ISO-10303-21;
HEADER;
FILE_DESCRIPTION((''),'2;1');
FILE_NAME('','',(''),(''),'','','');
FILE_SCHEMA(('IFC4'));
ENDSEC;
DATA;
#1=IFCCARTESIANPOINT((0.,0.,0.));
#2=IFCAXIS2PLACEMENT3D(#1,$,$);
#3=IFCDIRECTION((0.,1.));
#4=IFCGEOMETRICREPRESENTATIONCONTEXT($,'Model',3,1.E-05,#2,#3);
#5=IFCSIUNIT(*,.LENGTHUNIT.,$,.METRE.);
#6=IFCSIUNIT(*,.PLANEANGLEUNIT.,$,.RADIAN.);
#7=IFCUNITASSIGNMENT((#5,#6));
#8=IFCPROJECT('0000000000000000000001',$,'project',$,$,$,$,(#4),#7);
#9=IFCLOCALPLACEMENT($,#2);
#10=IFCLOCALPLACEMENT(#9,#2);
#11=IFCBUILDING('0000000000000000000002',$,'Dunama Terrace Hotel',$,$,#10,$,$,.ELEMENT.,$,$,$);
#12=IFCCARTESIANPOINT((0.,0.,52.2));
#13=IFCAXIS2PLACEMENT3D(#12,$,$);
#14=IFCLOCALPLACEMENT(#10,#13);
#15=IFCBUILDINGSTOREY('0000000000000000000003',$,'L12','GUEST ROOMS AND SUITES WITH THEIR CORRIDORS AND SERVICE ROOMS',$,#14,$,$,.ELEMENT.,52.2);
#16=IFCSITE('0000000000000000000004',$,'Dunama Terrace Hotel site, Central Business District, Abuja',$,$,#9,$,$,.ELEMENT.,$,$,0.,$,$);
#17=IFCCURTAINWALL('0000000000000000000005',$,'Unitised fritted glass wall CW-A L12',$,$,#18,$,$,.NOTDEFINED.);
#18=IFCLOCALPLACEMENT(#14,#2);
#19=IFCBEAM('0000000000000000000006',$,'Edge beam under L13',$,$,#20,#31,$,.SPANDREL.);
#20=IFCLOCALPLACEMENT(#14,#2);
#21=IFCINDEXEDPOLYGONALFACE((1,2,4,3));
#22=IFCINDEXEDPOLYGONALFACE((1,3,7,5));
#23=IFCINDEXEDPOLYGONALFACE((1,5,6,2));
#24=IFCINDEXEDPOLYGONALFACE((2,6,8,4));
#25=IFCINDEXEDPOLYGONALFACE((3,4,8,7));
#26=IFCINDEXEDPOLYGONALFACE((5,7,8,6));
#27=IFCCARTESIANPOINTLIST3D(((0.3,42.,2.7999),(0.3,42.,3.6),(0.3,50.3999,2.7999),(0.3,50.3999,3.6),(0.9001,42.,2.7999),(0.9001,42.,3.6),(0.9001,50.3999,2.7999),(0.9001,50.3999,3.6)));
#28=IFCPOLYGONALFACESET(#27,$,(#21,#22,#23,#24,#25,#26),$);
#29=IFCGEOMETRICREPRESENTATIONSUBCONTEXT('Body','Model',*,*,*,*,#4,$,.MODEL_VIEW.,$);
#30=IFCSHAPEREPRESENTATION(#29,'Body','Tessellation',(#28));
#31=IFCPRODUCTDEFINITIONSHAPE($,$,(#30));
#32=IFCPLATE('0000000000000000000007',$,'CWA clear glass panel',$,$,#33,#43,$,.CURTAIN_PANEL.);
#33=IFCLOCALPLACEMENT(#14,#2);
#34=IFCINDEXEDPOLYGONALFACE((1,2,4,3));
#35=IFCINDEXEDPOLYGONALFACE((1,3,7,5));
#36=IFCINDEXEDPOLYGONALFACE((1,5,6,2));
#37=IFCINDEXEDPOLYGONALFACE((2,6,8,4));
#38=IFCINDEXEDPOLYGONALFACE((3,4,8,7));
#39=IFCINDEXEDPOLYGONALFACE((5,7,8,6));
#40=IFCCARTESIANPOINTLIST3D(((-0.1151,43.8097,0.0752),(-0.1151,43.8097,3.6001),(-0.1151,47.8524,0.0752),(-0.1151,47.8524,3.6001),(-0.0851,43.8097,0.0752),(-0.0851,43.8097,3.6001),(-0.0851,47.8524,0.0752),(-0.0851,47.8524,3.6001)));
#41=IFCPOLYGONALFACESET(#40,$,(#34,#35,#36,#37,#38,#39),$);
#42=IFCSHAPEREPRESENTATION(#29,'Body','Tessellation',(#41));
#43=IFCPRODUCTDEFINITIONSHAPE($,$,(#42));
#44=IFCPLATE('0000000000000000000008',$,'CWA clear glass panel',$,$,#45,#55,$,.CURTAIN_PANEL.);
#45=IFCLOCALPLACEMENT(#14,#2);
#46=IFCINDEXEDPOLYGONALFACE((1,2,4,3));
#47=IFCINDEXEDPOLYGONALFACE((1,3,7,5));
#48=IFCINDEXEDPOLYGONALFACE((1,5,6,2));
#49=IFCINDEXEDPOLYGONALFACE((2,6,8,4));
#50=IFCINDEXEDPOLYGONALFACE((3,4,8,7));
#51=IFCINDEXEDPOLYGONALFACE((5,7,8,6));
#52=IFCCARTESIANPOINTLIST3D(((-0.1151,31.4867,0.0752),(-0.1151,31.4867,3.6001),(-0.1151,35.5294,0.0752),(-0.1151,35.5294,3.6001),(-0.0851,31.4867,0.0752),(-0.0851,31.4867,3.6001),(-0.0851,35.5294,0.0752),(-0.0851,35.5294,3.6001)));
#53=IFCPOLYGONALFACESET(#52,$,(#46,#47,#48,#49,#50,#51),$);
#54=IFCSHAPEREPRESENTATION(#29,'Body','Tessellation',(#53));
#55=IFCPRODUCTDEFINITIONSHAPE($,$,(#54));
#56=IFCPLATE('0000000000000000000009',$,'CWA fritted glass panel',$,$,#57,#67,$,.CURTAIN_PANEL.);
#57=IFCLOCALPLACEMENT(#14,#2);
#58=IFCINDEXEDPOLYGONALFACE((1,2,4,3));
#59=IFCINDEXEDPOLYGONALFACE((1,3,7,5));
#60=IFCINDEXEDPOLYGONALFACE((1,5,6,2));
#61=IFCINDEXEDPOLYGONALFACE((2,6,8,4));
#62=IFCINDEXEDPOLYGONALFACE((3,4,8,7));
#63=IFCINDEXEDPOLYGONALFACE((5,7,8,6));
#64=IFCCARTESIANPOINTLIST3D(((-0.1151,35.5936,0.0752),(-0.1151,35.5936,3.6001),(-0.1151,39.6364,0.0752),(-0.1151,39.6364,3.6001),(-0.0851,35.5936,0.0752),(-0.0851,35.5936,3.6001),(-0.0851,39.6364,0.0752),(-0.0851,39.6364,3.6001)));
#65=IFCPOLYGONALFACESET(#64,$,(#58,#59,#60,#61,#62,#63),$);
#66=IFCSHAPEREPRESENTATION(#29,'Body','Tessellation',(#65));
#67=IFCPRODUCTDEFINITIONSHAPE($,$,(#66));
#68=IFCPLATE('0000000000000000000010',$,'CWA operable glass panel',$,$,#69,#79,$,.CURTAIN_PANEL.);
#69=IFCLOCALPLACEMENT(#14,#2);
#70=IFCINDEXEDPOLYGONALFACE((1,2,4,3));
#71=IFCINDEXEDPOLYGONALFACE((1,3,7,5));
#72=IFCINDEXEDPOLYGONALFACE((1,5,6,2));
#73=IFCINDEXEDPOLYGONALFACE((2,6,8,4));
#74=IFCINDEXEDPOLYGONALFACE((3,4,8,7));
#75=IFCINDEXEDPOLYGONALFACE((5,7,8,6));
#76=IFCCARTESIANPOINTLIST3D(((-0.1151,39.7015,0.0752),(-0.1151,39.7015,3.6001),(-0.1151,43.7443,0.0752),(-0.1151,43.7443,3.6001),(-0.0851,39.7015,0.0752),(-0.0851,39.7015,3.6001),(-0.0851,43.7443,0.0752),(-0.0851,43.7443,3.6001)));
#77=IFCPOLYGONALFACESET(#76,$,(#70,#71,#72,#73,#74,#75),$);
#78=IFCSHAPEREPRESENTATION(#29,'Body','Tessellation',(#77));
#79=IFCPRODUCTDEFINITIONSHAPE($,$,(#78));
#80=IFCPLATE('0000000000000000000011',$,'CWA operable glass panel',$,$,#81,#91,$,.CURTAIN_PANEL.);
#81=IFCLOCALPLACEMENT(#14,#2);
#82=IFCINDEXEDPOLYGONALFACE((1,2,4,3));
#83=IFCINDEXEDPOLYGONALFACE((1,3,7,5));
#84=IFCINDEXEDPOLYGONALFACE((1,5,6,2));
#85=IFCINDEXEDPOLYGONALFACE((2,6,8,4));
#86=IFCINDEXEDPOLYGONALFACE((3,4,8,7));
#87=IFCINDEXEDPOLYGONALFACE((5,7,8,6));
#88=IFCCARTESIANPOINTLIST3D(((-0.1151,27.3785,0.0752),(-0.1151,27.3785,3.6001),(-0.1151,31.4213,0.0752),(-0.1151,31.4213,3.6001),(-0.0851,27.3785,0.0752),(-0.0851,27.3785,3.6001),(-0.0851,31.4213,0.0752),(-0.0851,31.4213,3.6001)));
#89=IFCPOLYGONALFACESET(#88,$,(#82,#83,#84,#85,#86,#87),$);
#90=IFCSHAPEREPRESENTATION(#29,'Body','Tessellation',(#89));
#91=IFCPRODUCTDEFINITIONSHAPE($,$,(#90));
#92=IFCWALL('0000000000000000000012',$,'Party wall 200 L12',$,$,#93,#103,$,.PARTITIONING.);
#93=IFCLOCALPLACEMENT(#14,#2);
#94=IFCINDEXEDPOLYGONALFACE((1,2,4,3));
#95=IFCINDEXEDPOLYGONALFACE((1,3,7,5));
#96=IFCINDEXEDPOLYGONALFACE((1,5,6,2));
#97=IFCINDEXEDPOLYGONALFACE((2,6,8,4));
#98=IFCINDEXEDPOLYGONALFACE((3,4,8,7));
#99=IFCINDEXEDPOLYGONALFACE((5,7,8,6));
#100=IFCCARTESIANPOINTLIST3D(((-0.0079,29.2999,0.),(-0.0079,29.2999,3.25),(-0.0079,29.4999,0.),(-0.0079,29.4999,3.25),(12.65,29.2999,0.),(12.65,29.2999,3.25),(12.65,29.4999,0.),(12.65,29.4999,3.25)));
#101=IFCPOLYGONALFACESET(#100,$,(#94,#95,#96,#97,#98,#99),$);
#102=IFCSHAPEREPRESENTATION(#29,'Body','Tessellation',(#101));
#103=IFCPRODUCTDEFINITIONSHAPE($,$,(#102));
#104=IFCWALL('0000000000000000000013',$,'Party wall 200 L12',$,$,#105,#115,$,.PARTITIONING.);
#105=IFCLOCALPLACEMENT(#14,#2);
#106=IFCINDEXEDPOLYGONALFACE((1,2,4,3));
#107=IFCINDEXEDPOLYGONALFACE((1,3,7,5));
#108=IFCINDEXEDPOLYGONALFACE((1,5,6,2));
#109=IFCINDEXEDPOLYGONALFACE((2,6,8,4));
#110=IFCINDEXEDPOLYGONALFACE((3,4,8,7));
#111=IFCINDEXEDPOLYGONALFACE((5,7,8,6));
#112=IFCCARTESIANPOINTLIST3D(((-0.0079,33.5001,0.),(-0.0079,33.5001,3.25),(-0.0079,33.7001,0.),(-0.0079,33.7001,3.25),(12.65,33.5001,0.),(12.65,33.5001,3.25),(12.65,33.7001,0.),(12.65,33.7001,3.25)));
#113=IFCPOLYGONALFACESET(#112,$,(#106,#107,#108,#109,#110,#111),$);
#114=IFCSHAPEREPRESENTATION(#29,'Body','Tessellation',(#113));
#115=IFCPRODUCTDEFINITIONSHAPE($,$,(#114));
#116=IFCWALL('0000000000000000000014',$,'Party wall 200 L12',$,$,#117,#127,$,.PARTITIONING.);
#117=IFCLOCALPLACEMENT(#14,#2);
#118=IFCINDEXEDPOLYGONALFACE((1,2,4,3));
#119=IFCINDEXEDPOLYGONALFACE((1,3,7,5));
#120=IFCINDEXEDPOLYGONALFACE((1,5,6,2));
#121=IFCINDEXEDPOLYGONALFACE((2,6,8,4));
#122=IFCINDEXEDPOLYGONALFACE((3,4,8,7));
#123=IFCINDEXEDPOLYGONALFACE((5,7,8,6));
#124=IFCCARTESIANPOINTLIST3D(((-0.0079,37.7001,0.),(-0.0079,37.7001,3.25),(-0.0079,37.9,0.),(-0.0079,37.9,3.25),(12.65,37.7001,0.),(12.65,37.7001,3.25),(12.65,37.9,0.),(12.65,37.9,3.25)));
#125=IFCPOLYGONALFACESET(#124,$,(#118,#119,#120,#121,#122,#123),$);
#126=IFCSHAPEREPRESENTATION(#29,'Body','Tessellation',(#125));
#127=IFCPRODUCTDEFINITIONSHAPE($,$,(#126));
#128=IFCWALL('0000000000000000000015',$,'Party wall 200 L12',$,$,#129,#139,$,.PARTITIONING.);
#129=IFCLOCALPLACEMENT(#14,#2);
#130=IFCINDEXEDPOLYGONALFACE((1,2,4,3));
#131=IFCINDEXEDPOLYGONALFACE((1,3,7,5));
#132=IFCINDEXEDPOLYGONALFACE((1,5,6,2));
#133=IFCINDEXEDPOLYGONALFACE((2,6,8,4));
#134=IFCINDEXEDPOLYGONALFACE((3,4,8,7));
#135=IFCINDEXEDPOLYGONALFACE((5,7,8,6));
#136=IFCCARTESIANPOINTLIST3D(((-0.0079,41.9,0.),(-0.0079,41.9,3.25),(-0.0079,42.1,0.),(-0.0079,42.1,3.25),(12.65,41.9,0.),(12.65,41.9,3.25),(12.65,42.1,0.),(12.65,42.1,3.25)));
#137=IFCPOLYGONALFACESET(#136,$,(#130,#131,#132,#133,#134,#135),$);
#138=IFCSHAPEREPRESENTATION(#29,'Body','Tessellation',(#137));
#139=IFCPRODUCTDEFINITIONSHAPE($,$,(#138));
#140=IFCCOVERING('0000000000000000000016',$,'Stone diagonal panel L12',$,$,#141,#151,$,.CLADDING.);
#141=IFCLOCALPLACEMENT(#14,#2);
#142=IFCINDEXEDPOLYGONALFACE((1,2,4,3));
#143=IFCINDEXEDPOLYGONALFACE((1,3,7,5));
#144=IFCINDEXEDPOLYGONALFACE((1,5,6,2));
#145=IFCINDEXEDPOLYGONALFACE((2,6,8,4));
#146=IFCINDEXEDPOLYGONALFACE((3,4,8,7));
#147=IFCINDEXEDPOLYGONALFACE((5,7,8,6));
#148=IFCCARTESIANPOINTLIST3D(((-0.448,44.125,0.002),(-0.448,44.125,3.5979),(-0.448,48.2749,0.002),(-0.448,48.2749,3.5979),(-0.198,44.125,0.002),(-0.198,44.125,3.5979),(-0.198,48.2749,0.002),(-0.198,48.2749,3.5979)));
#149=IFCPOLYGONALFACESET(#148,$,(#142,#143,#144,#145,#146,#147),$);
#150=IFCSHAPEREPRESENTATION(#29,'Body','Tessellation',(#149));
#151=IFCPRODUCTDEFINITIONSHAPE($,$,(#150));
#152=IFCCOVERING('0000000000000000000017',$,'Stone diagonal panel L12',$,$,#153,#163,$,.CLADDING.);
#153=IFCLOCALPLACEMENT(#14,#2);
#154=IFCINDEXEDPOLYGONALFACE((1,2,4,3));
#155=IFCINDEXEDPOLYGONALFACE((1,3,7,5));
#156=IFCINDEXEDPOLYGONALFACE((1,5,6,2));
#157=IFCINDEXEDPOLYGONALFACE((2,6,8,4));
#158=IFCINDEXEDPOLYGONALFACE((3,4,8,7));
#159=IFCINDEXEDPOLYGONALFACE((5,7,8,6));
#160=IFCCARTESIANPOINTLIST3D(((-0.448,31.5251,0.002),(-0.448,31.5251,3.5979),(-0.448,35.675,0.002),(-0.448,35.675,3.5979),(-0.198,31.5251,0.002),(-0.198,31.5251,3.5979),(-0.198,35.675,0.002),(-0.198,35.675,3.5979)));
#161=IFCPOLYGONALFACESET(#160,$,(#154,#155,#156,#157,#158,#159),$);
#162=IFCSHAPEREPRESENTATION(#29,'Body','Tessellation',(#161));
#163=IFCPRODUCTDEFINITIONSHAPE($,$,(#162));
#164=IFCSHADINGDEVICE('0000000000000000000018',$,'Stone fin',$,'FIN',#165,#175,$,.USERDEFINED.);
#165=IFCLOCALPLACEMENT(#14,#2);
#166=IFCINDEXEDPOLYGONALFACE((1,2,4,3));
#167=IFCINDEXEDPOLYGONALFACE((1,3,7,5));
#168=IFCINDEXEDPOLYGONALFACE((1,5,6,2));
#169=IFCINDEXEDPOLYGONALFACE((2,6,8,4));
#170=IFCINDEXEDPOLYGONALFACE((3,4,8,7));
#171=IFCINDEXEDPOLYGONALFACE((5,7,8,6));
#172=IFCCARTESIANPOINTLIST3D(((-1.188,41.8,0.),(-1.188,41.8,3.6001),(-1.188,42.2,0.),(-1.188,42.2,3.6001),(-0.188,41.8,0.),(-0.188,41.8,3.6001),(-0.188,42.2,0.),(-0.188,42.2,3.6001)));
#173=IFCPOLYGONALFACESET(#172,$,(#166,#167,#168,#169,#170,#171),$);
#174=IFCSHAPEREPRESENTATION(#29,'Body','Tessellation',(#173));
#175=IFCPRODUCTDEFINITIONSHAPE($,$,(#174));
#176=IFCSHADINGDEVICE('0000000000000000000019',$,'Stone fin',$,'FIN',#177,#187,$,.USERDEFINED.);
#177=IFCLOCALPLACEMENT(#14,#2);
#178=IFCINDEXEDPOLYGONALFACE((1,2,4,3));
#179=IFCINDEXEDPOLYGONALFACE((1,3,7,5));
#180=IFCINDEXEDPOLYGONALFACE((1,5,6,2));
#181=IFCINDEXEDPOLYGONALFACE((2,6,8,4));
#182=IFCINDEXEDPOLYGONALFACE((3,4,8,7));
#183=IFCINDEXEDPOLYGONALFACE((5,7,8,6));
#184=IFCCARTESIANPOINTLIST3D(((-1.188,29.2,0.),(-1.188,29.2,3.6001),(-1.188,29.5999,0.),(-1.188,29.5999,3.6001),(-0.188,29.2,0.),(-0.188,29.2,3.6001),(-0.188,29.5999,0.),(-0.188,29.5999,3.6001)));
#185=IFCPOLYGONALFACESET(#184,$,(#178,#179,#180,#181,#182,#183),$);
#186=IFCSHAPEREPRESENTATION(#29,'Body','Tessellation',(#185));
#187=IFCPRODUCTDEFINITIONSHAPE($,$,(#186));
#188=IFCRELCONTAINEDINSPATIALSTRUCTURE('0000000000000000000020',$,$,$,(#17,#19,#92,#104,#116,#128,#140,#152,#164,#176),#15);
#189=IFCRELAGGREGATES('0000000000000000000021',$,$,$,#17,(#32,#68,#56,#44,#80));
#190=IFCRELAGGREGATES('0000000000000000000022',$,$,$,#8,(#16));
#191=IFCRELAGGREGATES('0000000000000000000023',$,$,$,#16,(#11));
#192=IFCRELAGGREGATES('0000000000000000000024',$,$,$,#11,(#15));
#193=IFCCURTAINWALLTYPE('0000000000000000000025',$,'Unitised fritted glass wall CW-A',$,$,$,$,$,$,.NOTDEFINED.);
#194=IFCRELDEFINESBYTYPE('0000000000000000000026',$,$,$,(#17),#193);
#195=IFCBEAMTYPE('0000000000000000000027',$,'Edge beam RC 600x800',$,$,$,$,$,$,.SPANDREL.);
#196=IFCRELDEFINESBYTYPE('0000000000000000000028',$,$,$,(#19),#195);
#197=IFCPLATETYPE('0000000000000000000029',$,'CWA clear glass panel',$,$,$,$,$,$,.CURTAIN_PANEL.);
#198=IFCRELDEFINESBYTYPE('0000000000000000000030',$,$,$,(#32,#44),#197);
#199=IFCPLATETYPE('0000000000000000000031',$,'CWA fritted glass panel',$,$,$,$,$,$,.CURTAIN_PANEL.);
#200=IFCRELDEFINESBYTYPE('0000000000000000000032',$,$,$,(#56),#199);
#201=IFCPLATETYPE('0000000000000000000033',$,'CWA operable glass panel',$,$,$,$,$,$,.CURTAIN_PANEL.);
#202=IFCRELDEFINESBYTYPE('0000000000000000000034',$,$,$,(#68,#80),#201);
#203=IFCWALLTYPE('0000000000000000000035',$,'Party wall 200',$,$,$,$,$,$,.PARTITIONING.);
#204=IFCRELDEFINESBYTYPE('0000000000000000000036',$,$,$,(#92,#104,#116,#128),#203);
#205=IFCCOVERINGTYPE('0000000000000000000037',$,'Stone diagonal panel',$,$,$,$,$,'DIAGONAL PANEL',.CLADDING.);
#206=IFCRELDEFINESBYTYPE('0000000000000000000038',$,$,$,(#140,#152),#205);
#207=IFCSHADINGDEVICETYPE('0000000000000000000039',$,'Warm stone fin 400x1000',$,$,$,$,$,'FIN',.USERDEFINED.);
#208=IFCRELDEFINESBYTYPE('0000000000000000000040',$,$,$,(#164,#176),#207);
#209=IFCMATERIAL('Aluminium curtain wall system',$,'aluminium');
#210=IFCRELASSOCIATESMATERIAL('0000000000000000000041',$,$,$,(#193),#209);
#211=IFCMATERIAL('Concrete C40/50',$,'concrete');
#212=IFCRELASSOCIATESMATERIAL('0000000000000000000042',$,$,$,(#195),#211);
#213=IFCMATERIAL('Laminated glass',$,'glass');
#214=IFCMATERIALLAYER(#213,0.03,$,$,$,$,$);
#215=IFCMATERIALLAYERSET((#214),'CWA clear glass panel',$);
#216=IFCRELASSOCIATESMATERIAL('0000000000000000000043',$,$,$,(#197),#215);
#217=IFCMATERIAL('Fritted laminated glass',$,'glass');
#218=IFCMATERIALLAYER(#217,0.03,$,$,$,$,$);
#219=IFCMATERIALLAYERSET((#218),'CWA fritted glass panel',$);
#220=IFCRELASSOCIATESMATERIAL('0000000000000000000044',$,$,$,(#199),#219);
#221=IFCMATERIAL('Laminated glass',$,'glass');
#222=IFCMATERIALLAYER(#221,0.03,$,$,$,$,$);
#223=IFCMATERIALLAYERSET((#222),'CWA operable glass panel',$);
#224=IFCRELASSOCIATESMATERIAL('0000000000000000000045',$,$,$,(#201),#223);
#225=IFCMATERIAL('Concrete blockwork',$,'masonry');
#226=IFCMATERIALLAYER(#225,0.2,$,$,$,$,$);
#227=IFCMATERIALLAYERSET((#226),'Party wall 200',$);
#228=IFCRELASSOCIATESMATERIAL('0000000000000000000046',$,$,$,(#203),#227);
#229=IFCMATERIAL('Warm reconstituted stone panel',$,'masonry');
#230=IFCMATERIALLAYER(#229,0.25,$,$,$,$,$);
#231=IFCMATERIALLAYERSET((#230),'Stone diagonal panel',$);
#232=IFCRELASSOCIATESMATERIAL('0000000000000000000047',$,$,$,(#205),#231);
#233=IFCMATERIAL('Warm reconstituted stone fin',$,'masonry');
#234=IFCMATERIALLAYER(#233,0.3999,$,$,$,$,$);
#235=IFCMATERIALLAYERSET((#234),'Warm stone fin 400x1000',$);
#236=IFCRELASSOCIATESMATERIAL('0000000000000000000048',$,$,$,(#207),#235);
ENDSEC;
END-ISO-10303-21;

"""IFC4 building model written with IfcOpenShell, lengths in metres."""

from ifc_helpers import new_model, si_unit, direction, frame, frame_2d, origin, origin_2d, place, context, subcontext, project, spatial, rectangle, extrude, material, layer, layer_set, material_profile, profile_set, type_object, element, aggregate, save


model = new_model("IFC4")

# Units and contexts
model_context = context("Model", 3, precision=1e-05, world=origin(), true_north=direction((0.0, 1.0)))
body_context = subcontext(model_context, "Body", "Model", "MODEL_VIEW")
ifc_project = project(units=[si_unit("LENGTHUNIT", "METRE"), si_unit("PLANEANGLEUNIT", "RADIAN")], contexts=[model_context])

# Site, building, storey
site_placement = place(None, origin())
site = spatial("IfcSite", under=ifc_project, at=site_placement, Name="Dunama Terrace Hotel site, Central Business District, Abuja", CompositionType="ELEMENT", RefElevation=0.0)
building_placement = place(site_placement, origin())
building = spatial("IfcBuilding", under=site, at=building_placement, Name="Dunama Terrace Hotel", CompositionType="ELEMENT")
storey_placement = place(building_placement, frame((0.0, 0.0, 52.2)))
storey = spatial("IfcBuildingStorey", under=building, at=storey_placement, Name="L12", Description="GUEST ROOMS AND SUITES WITH THEIR CORRIDORS AND SERVICE ROOMS", CompositionType="ELEMENT", Elevation=52.2)

# Curtain wall
ifc_material_1 = material(Name="Aluminium curtain wall system", Category="aluminium")
curtain_wall_type = type_object("IfcCurtainWallType", Name="Unitised fritted glass wall CW-A", PredefinedType="NOTDEFINED", material=ifc_material_1)
curtain_wall_placement = place(storey_placement, origin())
curtain_wall = element("IfcCurtainWall", 1, at=curtain_wall_placement, inside=storey, type_object=curtain_wall_type, Name="Unitised fritted glass wall CW-A L12", PredefinedType="NOTDEFINED")

# Beam
ifc_material_2 = material(Name="Concrete C40/50", Category="concrete")
ifc_material_profile_1 = material_profile(ifc_material_2, rectangle(XDim=0.6001, YDim=0.8, at=origin_2d()), Name="RC 600x800")
ifc_profile_set_1 = profile_set([ifc_material_profile_1], Name="Concrete C40/50")
beam_type = type_object("IfcBeamType", Name="Edge beam RC 600x800", PredefinedType="SPANDREL", material=ifc_profile_set_1)
for number, where, z_axis, x_axis, name in (
    (2, (0.6001, 42.0, 3.2), (0.0, 1.0, 0.0), (-1.0, 0.0, 0.0), "Edge beam under L13"),
):
    element("IfcBeam", number, at=place(storey_placement, frame(where, z_axis=z_axis, x_axis=x_axis)), inside=storey, type_object=beam_type, Name=name, PredefinedType="SPANDREL", context=body_context, shape_type="SweptSolid", body=[
        extrude(rectangle(XDim=0.6001, YDim=0.8, at=origin_2d()), origin(), (0.0, 0.0, 1.0), 8.3999),
    ])

# Plates
ifc_material_3 = material(Name="Laminated glass", Category="glass")
ifc_layer_1 = layer(ifc_material_3, 0.03)
ifc_layer_set_1 = layer_set([ifc_layer_1], Name="CWA clear glass panel")
plate_type_1 = type_object("IfcPlateType", Name="CWA clear glass panel", PredefinedType="CURTAIN_PANEL", material=ifc_layer_set_1)
plate_1_placement = place(storey_placement, frame((-0.1001, 45.8311, 0.0752), z_axis=(0.0, 0.0, 1.0), x_axis=(0.0, -1.0, 0.0)))
plate_1 = element("IfcPlate", 3, at=plate_1_placement, type_object=plate_type_1, Name="CWA clear glass panel", PredefinedType="CURTAIN_PANEL", context=body_context, shape_type="SweptSolid", body=[
    extrude(rectangle(XDim=4.0427, YDim=0.03, at=origin_2d()), origin(), (0.0, 0.0, 1.0), 3.5249),
])
plate_2_placement = place(storey_placement, frame((-0.1001, 33.5081, 0.0752), z_axis=(0.0, 0.0, 1.0), x_axis=(0.0, -1.0, 0.0)))
plate_2 = element("IfcPlate", 4, at=plate_2_placement, type_object=plate_type_1, Name="CWA clear glass panel", PredefinedType="CURTAIN_PANEL", context=body_context, shape_type="SweptSolid", body=[
    extrude(rectangle(XDim=4.0427, YDim=0.03, at=origin_2d()), origin(), (0.0, 0.0, 1.0), 3.5249),
])
ifc_material_4 = material(Name="Fritted laminated glass", Category="glass")
ifc_layer_2 = layer(ifc_material_4, 0.03)
ifc_layer_set_2 = layer_set([ifc_layer_2], Name="CWA fritted glass panel")
plate_type_2 = type_object("IfcPlateType", Name="CWA fritted glass panel", PredefinedType="CURTAIN_PANEL", material=ifc_layer_set_2)
plate_3_placement = place(storey_placement, frame((-0.1001, 37.615, 0.0752), z_axis=(0.0, 0.0, 1.0), x_axis=(0.0, -1.0, 0.0)))
plate_3 = element("IfcPlate", 5, at=plate_3_placement, type_object=plate_type_2, Name="CWA fritted glass panel", PredefinedType="CURTAIN_PANEL", context=body_context, shape_type="SweptSolid", body=[
    extrude(rectangle(XDim=4.0427, YDim=0.03, at=origin_2d()), origin(), (0.0, 0.0, 1.0), 3.5249),
])
ifc_material_5 = material(Name="Laminated glass", Category="glass")
ifc_layer_3 = layer(ifc_material_5, 0.03)
ifc_layer_set_3 = layer_set([ifc_layer_3], Name="CWA operable glass panel")
plate_type_3 = type_object("IfcPlateType", Name="CWA operable glass panel", PredefinedType="CURTAIN_PANEL", material=ifc_layer_set_3)
plate_4_placement = place(storey_placement, frame((-0.1001, 41.7229, 0.0752), z_axis=(0.0, 0.0, 1.0), x_axis=(0.0, -1.0, 0.0)))
plate_4 = element("IfcPlate", 6, at=plate_4_placement, type_object=plate_type_3, Name="CWA operable glass panel", PredefinedType="CURTAIN_PANEL", context=body_context, shape_type="SweptSolid", body=[
    extrude(rectangle(XDim=4.0427, YDim=0.03, at=origin_2d()), origin(), (0.0, 0.0, 1.0), 3.5249),
])
plate_5_placement = place(storey_placement, frame((-0.1001, 29.3999, 0.0752), z_axis=(0.0, 0.0, 1.0), x_axis=(0.0, -1.0, 0.0)))
plate_5 = element("IfcPlate", 7, at=plate_5_placement, type_object=plate_type_3, Name="CWA operable glass panel", PredefinedType="CURTAIN_PANEL", context=body_context, shape_type="SweptSolid", body=[
    extrude(rectangle(XDim=4.0427, YDim=0.03, at=origin_2d()), origin(), (0.0, 0.0, 1.0), 3.5249),
])
aggregate(curtain_wall, [plate_1, plate_4, plate_3, plate_2, plate_5])

# Walls
ifc_material_6 = material(Name="Concrete blockwork", Category="masonry")
ifc_layer_4 = layer(ifc_material_6, 0.2)
ifc_layer_set_4 = layer_set([ifc_layer_4], Name="Party wall 200")
wall_type = type_object("IfcWallType", Name="Party wall 200", PredefinedType="PARTITIONING", material=ifc_layer_set_4)
for number, where, z_axis, x_axis, name in (
    (8, (-0.0081, 29.3999, 0.0), (0.0, 0.0, 1.0), (1.0, 0.0, 0.0), "Party wall 200 L12"),
    (9, (-0.0081, 33.6001, 0.0), (0.0, 0.0, 1.0), (1.0, 0.0, 0.0), "Party wall 200 L12"),
    (10, (-0.0081, 37.8, 0.0), (0.0, 0.0, 1.0), (1.0, 0.0, 0.0), "Party wall 200 L12"),
    (11, (-0.0081, 42.0, 0.0), (0.0, 0.0, 1.0), (1.0, 0.0, 0.0), "Party wall 200 L12"),
):
    element("IfcWall", number, at=place(storey_placement, frame(where, z_axis=z_axis, x_axis=x_axis)), inside=storey, type_object=wall_type, Name=name, PredefinedType="PARTITIONING", context=body_context, shape_type="SweptSolid", body=[
        extrude(rectangle(XDim=12.658, YDim=0.2, at=frame_2d((6.3291, 0.0))), origin(), (0.0, 0.0, 1.0), 3.25),
    ])

# Coverings
ifc_material_7 = material(Name="Warm reconstituted stone panel", Category="masonry")
ifc_layer_5 = layer(ifc_material_7, 0.25)
ifc_layer_set_5 = layer_set([ifc_layer_5], Name="Stone diagonal panel")
covering_type = type_object("IfcCoveringType", Name="Stone diagonal panel", ElementType="DIAGONAL PANEL", PredefinedType="CLADDING", material=ifc_layer_set_5)
for number, where, z_axis, x_axis, name in (
    (12, (-0.323, 46.2, 0.002), (0.0, 0.0, 1.0), (0.0, -1.0, 0.0), "Stone diagonal panel L12"),
    (13, (-0.323, 33.6001, 0.002), (0.0, 0.0, 1.0), (0.0, -1.0, 0.0), "Stone diagonal panel L12"),
):
    element("IfcCovering", number, at=place(storey_placement, frame(where, z_axis=z_axis, x_axis=x_axis)), inside=storey, type_object=covering_type, Name=name, PredefinedType="CLADDING", context=body_context, shape_type="SweptSolid", body=[
        extrude(rectangle(XDim=4.1499, YDim=0.25, at=origin_2d()), origin(), (0.0, 0.0, 1.0), 3.5959),
    ])

# Shading devices
ifc_material_8 = material(Name="Warm reconstituted stone fin", Category="masonry")
ifc_layer_6 = layer(ifc_material_8, 0.3999)
ifc_layer_set_6 = layer_set([ifc_layer_6], Name="Warm stone fin 400x1000")
shading_device_type = type_object("IfcShadingDeviceType", Name="Warm stone fin 400x1000", ElementType="FIN", PredefinedType="USERDEFINED", material=ifc_layer_set_6)
for number, where, z_axis, x_axis, name in (
    (14, (-0.688, 42.0, 0.0), (0.0, 0.0, 1.0), (0.0, -1.0, 0.0), "Stone fin"),
    (15, (-0.688, 29.3999, 0.0), (0.0, 0.0, 1.0), (0.0, -1.0, 0.0), "Stone fin"),
):
    element("IfcShadingDevice", number, at=place(storey_placement, frame(where, z_axis=z_axis, x_axis=x_axis)), inside=storey, type_object=shading_device_type, Name=name, ObjectType="FIN", PredefinedType="USERDEFINED", context=body_context, shape_type="SweptSolid", body=[
        extrude(rectangle(XDim=0.3999, YDim=1.0, at=origin_2d()), origin(), (0.0, 0.0, 1.0), 3.6001),
    ])

save(model, "model.ifc")
